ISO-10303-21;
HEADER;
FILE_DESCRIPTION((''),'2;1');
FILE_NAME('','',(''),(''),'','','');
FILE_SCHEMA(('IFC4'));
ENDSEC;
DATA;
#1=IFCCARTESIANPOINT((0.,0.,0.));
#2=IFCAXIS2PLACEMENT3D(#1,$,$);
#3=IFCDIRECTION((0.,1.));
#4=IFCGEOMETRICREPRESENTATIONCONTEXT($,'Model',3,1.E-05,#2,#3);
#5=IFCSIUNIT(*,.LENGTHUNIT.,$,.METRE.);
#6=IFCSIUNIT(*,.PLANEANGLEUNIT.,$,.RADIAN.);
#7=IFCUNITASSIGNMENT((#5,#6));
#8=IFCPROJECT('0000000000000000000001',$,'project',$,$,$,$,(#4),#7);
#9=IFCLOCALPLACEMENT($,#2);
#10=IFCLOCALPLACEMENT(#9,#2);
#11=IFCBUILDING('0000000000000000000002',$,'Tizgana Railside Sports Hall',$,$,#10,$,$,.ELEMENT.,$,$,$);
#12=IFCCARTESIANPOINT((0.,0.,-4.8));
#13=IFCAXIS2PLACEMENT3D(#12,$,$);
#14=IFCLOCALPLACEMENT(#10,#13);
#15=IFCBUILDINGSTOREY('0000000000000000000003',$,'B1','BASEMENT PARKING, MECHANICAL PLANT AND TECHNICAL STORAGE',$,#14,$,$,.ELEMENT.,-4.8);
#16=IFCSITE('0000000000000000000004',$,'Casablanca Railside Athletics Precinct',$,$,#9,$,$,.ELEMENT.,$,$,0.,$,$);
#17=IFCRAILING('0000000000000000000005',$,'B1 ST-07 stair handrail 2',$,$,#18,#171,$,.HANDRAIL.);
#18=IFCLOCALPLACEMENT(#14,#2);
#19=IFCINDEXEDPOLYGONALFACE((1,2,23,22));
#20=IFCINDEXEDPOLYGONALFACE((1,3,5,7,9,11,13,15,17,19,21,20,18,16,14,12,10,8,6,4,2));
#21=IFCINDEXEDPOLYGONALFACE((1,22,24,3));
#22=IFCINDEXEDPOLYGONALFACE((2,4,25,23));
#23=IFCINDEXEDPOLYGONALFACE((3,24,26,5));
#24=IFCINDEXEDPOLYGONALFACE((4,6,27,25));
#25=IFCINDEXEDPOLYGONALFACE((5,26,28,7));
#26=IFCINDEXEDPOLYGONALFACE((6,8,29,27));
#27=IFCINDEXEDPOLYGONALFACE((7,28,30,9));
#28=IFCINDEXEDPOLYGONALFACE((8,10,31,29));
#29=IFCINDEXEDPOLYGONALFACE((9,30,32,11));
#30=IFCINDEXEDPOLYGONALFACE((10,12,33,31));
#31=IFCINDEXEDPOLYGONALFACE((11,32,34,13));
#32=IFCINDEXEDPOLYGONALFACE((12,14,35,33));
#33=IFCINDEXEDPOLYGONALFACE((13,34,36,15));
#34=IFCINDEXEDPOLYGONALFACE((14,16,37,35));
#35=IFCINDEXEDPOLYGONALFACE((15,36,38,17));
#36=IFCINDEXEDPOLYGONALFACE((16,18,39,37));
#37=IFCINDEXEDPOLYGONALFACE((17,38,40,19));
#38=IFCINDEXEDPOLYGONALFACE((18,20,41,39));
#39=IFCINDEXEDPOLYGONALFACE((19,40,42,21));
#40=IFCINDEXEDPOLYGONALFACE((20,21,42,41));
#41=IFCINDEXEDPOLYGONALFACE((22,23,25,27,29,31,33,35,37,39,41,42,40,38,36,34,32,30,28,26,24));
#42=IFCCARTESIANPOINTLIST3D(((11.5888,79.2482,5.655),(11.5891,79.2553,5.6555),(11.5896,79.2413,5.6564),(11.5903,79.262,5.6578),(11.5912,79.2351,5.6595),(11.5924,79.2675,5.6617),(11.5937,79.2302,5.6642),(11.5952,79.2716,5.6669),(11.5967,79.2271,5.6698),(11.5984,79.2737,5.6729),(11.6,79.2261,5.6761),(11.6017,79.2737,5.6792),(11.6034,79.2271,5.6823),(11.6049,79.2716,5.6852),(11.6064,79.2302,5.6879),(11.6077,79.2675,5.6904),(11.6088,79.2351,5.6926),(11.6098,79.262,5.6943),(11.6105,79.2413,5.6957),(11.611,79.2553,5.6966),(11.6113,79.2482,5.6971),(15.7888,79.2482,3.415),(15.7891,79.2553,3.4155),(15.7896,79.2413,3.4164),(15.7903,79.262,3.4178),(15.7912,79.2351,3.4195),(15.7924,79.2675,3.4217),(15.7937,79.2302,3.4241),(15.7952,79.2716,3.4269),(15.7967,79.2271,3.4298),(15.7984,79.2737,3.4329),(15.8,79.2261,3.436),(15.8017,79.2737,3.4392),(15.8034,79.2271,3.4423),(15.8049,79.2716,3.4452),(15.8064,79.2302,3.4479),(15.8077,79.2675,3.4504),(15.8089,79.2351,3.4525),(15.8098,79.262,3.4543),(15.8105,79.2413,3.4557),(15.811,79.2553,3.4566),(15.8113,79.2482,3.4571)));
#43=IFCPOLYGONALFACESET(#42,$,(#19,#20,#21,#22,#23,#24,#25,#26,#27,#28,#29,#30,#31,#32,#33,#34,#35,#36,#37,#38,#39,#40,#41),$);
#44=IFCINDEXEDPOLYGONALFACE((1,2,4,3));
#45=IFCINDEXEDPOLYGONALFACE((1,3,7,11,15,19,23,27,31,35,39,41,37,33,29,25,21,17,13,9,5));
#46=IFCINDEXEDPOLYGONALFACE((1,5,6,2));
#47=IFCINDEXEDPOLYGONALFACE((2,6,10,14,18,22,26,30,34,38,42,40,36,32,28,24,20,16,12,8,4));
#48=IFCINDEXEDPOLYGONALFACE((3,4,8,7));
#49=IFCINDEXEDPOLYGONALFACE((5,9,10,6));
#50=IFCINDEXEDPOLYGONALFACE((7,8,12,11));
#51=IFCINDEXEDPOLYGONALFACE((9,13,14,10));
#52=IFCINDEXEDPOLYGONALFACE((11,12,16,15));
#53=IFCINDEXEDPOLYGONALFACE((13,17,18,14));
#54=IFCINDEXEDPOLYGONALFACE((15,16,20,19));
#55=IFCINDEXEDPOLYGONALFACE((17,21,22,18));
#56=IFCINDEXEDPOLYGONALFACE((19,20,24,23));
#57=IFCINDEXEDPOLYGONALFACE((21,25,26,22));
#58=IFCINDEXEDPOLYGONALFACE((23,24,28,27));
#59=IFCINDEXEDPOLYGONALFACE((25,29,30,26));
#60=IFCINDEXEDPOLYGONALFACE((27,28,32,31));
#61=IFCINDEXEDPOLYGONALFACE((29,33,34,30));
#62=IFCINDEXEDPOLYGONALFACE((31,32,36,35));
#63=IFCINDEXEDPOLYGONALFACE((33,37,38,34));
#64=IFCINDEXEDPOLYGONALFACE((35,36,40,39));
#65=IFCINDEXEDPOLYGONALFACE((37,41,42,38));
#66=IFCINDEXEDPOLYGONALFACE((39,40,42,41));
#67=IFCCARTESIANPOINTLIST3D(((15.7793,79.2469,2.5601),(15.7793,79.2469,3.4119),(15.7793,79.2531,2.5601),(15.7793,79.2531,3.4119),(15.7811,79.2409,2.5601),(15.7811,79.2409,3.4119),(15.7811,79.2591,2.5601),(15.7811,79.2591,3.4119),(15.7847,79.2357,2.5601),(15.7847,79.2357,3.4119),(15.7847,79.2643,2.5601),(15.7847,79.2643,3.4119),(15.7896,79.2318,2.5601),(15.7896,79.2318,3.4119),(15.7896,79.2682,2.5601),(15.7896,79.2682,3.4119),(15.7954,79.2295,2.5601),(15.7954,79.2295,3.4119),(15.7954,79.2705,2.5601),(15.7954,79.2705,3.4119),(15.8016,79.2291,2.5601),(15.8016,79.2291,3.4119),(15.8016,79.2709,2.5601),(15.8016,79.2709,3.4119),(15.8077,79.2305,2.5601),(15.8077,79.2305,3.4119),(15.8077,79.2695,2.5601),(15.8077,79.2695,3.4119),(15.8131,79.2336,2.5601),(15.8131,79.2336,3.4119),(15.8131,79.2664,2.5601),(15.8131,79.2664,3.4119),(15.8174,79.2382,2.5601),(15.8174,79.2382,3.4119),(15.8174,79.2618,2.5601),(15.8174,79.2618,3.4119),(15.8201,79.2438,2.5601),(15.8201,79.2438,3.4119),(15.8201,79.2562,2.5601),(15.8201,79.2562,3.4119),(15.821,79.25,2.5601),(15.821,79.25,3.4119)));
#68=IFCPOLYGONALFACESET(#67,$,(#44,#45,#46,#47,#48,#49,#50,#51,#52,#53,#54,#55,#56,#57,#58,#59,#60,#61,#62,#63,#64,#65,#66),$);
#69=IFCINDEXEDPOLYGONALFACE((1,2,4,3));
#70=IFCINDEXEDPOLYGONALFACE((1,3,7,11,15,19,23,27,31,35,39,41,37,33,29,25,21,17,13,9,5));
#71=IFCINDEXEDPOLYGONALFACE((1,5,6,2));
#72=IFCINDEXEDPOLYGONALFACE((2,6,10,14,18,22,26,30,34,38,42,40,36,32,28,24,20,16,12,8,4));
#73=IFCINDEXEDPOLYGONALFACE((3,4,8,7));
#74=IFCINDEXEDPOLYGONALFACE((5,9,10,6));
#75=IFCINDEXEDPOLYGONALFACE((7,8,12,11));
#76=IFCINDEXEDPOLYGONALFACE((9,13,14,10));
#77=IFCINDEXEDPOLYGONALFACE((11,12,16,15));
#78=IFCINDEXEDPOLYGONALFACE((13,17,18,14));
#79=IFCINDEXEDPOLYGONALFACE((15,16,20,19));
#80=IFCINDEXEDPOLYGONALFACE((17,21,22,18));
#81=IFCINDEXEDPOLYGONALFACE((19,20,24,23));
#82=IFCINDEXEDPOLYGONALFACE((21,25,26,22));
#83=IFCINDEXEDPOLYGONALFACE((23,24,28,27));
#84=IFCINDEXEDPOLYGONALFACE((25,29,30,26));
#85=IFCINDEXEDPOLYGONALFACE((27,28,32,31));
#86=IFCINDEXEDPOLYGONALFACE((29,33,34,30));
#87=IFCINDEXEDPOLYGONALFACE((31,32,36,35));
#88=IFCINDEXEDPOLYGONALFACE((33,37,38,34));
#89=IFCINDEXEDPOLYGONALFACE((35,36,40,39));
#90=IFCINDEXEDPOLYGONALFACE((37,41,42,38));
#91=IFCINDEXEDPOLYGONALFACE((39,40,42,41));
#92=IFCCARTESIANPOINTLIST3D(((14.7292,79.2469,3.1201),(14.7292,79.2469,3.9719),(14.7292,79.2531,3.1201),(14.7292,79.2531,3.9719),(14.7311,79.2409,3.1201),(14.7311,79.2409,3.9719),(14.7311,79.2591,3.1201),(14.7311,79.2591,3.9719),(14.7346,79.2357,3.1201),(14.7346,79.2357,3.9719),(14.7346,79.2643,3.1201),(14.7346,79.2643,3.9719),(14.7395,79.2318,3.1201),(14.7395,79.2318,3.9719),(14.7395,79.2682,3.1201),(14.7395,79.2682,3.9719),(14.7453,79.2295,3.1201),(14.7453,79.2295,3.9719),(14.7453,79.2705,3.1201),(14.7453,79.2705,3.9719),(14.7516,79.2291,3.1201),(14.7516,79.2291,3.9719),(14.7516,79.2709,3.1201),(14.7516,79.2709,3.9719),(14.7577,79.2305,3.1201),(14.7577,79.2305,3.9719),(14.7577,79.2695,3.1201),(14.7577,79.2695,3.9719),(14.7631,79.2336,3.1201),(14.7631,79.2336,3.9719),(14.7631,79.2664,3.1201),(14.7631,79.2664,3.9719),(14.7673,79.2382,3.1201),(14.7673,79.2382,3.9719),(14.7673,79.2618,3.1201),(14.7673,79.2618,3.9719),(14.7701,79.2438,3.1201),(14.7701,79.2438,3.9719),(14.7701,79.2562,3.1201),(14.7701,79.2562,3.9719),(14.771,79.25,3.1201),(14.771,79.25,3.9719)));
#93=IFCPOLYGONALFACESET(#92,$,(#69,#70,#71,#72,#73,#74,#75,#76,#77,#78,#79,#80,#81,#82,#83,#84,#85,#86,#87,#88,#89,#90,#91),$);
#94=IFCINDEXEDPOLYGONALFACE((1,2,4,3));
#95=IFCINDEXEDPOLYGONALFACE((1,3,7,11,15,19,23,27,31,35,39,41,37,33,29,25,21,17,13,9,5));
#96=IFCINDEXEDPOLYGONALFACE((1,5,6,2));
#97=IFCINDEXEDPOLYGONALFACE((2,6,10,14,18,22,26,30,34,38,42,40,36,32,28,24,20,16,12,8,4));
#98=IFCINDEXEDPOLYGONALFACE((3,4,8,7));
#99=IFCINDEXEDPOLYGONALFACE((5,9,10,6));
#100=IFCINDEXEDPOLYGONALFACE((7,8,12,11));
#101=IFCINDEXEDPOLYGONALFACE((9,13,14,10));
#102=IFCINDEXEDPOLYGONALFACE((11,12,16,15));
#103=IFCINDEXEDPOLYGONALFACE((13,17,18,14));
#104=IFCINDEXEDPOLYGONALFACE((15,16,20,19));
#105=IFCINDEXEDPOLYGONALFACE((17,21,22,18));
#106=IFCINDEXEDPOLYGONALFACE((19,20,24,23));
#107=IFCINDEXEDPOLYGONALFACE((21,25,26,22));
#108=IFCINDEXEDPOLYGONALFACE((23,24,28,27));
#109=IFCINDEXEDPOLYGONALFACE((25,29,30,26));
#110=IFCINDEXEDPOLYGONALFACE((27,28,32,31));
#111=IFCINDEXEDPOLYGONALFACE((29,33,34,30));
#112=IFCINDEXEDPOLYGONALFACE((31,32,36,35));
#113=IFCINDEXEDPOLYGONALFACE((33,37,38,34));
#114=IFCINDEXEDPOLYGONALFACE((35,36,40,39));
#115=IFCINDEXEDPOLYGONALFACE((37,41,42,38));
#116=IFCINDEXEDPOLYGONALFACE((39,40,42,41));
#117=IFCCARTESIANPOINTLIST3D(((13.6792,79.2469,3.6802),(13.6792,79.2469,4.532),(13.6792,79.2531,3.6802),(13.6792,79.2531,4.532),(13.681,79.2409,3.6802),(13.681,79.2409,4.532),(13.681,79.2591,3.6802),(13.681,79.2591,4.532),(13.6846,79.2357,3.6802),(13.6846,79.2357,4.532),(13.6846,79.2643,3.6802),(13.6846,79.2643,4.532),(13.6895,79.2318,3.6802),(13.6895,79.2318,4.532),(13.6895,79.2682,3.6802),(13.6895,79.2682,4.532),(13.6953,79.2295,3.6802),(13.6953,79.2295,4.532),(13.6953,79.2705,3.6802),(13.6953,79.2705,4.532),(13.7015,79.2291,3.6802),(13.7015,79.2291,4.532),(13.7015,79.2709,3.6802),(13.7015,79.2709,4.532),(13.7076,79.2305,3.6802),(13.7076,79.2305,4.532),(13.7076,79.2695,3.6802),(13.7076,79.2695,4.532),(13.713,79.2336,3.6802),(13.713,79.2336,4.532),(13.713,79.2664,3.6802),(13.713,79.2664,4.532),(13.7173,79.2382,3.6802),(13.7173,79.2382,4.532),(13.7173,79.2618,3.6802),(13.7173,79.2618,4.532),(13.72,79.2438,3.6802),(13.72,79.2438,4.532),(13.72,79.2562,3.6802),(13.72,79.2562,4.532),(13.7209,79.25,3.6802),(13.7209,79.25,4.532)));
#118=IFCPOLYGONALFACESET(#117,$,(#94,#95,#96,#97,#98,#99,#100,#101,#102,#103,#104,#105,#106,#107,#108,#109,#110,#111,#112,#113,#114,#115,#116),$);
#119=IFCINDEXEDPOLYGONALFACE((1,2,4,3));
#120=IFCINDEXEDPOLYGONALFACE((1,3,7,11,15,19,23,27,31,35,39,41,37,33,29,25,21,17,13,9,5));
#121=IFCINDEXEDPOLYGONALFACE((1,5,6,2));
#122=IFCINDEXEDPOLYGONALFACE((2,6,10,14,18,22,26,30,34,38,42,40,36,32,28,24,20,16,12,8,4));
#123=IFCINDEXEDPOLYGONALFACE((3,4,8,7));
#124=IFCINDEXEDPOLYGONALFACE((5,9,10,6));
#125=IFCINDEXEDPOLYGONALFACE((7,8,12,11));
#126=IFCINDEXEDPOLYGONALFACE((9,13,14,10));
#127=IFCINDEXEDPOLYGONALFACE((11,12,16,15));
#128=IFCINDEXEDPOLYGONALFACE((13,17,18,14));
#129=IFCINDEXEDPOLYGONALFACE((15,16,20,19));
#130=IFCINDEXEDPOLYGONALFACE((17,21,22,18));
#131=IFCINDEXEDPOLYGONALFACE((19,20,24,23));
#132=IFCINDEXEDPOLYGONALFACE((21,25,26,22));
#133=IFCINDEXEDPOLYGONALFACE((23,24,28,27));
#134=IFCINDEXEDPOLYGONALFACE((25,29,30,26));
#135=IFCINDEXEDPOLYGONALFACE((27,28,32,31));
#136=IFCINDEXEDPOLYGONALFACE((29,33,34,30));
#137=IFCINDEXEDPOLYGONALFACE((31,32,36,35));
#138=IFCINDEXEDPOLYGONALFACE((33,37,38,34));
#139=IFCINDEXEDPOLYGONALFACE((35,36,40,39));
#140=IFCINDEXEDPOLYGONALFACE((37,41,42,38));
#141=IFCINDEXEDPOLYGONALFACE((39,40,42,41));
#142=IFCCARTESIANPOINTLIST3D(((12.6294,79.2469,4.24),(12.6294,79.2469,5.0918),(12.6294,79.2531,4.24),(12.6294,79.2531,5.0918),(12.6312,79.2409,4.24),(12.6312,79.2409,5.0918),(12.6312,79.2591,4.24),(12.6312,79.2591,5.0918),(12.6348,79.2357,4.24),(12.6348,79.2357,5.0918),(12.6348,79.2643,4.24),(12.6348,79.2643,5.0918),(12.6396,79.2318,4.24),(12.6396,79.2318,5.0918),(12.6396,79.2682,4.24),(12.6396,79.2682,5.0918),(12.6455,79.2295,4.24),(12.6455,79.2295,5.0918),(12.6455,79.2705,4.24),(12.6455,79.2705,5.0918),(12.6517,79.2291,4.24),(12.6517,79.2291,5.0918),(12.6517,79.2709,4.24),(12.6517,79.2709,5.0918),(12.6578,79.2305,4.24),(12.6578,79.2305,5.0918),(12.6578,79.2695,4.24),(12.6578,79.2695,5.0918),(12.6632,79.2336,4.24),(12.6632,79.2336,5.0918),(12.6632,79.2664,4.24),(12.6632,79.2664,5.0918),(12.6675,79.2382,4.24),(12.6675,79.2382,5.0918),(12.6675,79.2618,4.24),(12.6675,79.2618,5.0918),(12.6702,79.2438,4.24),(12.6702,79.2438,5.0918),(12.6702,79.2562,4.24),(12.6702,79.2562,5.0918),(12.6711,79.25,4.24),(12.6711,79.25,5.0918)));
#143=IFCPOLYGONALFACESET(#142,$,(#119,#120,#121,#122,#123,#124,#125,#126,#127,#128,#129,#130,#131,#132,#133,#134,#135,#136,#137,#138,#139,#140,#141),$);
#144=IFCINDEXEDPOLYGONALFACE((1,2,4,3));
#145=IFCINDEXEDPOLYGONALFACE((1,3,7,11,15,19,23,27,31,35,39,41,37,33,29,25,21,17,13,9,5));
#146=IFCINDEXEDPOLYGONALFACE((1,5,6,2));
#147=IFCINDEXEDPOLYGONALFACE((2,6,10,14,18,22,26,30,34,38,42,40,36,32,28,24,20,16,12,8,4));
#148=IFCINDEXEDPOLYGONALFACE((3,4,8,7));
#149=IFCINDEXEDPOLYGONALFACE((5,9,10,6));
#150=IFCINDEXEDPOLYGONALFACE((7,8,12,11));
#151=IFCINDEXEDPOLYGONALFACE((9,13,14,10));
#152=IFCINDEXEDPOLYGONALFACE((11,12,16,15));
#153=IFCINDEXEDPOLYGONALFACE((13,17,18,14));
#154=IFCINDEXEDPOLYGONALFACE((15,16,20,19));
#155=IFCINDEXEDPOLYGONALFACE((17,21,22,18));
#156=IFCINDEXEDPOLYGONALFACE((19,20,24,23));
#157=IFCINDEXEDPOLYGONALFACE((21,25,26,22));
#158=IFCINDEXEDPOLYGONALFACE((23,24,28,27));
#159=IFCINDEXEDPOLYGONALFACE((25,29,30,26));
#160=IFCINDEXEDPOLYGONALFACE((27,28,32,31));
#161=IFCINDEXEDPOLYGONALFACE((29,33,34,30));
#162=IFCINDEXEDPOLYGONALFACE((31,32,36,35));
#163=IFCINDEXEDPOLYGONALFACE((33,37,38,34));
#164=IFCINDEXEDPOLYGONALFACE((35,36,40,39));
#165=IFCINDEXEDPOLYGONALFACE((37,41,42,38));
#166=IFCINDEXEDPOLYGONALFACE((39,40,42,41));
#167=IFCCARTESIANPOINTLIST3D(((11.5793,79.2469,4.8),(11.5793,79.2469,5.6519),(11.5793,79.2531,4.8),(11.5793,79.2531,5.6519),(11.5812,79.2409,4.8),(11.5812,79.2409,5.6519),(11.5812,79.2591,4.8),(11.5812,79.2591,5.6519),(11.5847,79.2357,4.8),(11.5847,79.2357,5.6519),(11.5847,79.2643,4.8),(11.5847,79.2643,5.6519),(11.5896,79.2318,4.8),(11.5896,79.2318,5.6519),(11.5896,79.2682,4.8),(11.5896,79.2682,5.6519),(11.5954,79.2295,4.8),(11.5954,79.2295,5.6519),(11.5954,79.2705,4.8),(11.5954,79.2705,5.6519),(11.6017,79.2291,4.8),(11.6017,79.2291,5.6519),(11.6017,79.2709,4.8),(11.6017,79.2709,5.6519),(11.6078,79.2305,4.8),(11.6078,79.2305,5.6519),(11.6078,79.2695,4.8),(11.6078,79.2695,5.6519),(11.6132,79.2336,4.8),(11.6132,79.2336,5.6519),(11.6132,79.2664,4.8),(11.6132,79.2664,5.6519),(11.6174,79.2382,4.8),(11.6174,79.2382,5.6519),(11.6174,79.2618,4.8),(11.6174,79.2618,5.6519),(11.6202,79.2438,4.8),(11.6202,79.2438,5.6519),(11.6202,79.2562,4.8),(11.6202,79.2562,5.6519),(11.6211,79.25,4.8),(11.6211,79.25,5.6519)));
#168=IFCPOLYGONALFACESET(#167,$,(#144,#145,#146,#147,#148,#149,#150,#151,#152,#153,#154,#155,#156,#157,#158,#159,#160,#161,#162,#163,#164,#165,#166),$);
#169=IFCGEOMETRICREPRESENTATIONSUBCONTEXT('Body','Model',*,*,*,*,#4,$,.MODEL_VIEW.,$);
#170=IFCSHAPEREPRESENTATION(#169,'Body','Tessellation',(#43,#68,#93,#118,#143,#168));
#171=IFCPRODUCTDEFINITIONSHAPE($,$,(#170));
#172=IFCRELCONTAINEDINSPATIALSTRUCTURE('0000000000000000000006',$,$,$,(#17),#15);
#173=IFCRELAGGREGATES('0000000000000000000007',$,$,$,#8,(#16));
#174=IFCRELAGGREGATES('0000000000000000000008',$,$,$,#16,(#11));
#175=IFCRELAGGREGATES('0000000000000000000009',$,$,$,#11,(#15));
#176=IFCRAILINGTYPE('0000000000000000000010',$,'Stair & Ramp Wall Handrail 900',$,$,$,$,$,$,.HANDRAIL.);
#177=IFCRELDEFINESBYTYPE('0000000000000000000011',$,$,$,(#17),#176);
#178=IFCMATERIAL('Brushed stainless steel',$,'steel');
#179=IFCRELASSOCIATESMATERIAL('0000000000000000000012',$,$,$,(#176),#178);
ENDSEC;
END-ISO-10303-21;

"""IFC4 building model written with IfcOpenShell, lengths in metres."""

from ifc_helpers import new_model, si_unit, direction, frame, origin, origin_2d, place, context, subcontext, project, spatial, circle, extrude, material, type_object, element, save


model = new_model("IFC4")

# Units and contexts
model_context = context("Model", 3, precision=1e-05, world=origin(), true_north=direction((0.0, 1.0)))
body_context = subcontext(model_context, "Body", "Model", "MODEL_VIEW")
ifc_project = project(units=[si_unit("LENGTHUNIT", "METRE"), si_unit("PLANEANGLEUNIT", "RADIAN")], contexts=[model_context])

# Site, building, storey
site_placement = place(None, origin())
site = spatial("IfcSite", under=ifc_project, at=site_placement, Name="Casablanca Railside Athletics Precinct", CompositionType="ELEMENT", RefElevation=0.0)
building_placement = place(site_placement, origin())
building = spatial("IfcBuilding", under=site, at=building_placement, Name="Tizgana Railside Sports Hall", CompositionType="ELEMENT")
storey_placement = place(building_placement, frame((0.0, 0.0, -4.8)))
storey = spatial("IfcBuildingStorey", under=building, at=storey_placement, Name="B1", Description="BASEMENT PARKING, MECHANICAL PLANT AND TECHNICAL STORAGE", CompositionType="ELEMENT", Elevation=-4.8)

# Railing
ifc_material_1 = material(Name="Brushed stainless steel", Category="steel")
railing_type_1 = type_object("IfcRailingType", Name="Stair & Ramp Wall Handrail 900", PredefinedType="HANDRAIL", material=ifc_material_1)
railing_1_placement = place(storey_placement, frame((15.8, 79.25, 2.5601)))
element("IfcRailing", 1, at=railing_1_placement, inside=storey, type_object=railing_type_1, Name="B1 ST-07 stair handrail 2", PredefinedType="HANDRAIL", context=body_context, shape_type="SweptSolid", body=[
    extrude(circle(Radius=0.0239, at=origin_2d()), frame((0.0, 0.0, 0.876), z_axis=(-0.882352, 0.0, 0.470591), x_axis=(0.0, -1.0, 0.0)), (0.0, 0.0, 1.0), 4.76),
    extrude(circle(Radius=0.021, at=origin_2d()), origin(), (0.0, 0.0, 1.0), 0.8518),
    extrude(circle(Radius=0.021, at=origin_2d()), frame((-1.05, 0.0, 0.5601)), (0.0, 0.0, 1.0), 0.8518),
    extrude(circle(Radius=0.021, at=origin_2d()), frame((-2.1001, 0.0, 1.1201)), (0.0, 0.0, 1.0), 0.8518),
    extrude(circle(Radius=0.021, at=origin_2d()), frame((-3.1499, 0.0, 1.6799)), (0.0, 0.0, 1.0), 0.8518),
    extrude(circle(Radius=0.021, at=origin_2d()), frame((-4.2, 0.0, 2.24)), (0.0, 0.0, 1.0), 0.8518),
])

save(model, "model.ifc")
